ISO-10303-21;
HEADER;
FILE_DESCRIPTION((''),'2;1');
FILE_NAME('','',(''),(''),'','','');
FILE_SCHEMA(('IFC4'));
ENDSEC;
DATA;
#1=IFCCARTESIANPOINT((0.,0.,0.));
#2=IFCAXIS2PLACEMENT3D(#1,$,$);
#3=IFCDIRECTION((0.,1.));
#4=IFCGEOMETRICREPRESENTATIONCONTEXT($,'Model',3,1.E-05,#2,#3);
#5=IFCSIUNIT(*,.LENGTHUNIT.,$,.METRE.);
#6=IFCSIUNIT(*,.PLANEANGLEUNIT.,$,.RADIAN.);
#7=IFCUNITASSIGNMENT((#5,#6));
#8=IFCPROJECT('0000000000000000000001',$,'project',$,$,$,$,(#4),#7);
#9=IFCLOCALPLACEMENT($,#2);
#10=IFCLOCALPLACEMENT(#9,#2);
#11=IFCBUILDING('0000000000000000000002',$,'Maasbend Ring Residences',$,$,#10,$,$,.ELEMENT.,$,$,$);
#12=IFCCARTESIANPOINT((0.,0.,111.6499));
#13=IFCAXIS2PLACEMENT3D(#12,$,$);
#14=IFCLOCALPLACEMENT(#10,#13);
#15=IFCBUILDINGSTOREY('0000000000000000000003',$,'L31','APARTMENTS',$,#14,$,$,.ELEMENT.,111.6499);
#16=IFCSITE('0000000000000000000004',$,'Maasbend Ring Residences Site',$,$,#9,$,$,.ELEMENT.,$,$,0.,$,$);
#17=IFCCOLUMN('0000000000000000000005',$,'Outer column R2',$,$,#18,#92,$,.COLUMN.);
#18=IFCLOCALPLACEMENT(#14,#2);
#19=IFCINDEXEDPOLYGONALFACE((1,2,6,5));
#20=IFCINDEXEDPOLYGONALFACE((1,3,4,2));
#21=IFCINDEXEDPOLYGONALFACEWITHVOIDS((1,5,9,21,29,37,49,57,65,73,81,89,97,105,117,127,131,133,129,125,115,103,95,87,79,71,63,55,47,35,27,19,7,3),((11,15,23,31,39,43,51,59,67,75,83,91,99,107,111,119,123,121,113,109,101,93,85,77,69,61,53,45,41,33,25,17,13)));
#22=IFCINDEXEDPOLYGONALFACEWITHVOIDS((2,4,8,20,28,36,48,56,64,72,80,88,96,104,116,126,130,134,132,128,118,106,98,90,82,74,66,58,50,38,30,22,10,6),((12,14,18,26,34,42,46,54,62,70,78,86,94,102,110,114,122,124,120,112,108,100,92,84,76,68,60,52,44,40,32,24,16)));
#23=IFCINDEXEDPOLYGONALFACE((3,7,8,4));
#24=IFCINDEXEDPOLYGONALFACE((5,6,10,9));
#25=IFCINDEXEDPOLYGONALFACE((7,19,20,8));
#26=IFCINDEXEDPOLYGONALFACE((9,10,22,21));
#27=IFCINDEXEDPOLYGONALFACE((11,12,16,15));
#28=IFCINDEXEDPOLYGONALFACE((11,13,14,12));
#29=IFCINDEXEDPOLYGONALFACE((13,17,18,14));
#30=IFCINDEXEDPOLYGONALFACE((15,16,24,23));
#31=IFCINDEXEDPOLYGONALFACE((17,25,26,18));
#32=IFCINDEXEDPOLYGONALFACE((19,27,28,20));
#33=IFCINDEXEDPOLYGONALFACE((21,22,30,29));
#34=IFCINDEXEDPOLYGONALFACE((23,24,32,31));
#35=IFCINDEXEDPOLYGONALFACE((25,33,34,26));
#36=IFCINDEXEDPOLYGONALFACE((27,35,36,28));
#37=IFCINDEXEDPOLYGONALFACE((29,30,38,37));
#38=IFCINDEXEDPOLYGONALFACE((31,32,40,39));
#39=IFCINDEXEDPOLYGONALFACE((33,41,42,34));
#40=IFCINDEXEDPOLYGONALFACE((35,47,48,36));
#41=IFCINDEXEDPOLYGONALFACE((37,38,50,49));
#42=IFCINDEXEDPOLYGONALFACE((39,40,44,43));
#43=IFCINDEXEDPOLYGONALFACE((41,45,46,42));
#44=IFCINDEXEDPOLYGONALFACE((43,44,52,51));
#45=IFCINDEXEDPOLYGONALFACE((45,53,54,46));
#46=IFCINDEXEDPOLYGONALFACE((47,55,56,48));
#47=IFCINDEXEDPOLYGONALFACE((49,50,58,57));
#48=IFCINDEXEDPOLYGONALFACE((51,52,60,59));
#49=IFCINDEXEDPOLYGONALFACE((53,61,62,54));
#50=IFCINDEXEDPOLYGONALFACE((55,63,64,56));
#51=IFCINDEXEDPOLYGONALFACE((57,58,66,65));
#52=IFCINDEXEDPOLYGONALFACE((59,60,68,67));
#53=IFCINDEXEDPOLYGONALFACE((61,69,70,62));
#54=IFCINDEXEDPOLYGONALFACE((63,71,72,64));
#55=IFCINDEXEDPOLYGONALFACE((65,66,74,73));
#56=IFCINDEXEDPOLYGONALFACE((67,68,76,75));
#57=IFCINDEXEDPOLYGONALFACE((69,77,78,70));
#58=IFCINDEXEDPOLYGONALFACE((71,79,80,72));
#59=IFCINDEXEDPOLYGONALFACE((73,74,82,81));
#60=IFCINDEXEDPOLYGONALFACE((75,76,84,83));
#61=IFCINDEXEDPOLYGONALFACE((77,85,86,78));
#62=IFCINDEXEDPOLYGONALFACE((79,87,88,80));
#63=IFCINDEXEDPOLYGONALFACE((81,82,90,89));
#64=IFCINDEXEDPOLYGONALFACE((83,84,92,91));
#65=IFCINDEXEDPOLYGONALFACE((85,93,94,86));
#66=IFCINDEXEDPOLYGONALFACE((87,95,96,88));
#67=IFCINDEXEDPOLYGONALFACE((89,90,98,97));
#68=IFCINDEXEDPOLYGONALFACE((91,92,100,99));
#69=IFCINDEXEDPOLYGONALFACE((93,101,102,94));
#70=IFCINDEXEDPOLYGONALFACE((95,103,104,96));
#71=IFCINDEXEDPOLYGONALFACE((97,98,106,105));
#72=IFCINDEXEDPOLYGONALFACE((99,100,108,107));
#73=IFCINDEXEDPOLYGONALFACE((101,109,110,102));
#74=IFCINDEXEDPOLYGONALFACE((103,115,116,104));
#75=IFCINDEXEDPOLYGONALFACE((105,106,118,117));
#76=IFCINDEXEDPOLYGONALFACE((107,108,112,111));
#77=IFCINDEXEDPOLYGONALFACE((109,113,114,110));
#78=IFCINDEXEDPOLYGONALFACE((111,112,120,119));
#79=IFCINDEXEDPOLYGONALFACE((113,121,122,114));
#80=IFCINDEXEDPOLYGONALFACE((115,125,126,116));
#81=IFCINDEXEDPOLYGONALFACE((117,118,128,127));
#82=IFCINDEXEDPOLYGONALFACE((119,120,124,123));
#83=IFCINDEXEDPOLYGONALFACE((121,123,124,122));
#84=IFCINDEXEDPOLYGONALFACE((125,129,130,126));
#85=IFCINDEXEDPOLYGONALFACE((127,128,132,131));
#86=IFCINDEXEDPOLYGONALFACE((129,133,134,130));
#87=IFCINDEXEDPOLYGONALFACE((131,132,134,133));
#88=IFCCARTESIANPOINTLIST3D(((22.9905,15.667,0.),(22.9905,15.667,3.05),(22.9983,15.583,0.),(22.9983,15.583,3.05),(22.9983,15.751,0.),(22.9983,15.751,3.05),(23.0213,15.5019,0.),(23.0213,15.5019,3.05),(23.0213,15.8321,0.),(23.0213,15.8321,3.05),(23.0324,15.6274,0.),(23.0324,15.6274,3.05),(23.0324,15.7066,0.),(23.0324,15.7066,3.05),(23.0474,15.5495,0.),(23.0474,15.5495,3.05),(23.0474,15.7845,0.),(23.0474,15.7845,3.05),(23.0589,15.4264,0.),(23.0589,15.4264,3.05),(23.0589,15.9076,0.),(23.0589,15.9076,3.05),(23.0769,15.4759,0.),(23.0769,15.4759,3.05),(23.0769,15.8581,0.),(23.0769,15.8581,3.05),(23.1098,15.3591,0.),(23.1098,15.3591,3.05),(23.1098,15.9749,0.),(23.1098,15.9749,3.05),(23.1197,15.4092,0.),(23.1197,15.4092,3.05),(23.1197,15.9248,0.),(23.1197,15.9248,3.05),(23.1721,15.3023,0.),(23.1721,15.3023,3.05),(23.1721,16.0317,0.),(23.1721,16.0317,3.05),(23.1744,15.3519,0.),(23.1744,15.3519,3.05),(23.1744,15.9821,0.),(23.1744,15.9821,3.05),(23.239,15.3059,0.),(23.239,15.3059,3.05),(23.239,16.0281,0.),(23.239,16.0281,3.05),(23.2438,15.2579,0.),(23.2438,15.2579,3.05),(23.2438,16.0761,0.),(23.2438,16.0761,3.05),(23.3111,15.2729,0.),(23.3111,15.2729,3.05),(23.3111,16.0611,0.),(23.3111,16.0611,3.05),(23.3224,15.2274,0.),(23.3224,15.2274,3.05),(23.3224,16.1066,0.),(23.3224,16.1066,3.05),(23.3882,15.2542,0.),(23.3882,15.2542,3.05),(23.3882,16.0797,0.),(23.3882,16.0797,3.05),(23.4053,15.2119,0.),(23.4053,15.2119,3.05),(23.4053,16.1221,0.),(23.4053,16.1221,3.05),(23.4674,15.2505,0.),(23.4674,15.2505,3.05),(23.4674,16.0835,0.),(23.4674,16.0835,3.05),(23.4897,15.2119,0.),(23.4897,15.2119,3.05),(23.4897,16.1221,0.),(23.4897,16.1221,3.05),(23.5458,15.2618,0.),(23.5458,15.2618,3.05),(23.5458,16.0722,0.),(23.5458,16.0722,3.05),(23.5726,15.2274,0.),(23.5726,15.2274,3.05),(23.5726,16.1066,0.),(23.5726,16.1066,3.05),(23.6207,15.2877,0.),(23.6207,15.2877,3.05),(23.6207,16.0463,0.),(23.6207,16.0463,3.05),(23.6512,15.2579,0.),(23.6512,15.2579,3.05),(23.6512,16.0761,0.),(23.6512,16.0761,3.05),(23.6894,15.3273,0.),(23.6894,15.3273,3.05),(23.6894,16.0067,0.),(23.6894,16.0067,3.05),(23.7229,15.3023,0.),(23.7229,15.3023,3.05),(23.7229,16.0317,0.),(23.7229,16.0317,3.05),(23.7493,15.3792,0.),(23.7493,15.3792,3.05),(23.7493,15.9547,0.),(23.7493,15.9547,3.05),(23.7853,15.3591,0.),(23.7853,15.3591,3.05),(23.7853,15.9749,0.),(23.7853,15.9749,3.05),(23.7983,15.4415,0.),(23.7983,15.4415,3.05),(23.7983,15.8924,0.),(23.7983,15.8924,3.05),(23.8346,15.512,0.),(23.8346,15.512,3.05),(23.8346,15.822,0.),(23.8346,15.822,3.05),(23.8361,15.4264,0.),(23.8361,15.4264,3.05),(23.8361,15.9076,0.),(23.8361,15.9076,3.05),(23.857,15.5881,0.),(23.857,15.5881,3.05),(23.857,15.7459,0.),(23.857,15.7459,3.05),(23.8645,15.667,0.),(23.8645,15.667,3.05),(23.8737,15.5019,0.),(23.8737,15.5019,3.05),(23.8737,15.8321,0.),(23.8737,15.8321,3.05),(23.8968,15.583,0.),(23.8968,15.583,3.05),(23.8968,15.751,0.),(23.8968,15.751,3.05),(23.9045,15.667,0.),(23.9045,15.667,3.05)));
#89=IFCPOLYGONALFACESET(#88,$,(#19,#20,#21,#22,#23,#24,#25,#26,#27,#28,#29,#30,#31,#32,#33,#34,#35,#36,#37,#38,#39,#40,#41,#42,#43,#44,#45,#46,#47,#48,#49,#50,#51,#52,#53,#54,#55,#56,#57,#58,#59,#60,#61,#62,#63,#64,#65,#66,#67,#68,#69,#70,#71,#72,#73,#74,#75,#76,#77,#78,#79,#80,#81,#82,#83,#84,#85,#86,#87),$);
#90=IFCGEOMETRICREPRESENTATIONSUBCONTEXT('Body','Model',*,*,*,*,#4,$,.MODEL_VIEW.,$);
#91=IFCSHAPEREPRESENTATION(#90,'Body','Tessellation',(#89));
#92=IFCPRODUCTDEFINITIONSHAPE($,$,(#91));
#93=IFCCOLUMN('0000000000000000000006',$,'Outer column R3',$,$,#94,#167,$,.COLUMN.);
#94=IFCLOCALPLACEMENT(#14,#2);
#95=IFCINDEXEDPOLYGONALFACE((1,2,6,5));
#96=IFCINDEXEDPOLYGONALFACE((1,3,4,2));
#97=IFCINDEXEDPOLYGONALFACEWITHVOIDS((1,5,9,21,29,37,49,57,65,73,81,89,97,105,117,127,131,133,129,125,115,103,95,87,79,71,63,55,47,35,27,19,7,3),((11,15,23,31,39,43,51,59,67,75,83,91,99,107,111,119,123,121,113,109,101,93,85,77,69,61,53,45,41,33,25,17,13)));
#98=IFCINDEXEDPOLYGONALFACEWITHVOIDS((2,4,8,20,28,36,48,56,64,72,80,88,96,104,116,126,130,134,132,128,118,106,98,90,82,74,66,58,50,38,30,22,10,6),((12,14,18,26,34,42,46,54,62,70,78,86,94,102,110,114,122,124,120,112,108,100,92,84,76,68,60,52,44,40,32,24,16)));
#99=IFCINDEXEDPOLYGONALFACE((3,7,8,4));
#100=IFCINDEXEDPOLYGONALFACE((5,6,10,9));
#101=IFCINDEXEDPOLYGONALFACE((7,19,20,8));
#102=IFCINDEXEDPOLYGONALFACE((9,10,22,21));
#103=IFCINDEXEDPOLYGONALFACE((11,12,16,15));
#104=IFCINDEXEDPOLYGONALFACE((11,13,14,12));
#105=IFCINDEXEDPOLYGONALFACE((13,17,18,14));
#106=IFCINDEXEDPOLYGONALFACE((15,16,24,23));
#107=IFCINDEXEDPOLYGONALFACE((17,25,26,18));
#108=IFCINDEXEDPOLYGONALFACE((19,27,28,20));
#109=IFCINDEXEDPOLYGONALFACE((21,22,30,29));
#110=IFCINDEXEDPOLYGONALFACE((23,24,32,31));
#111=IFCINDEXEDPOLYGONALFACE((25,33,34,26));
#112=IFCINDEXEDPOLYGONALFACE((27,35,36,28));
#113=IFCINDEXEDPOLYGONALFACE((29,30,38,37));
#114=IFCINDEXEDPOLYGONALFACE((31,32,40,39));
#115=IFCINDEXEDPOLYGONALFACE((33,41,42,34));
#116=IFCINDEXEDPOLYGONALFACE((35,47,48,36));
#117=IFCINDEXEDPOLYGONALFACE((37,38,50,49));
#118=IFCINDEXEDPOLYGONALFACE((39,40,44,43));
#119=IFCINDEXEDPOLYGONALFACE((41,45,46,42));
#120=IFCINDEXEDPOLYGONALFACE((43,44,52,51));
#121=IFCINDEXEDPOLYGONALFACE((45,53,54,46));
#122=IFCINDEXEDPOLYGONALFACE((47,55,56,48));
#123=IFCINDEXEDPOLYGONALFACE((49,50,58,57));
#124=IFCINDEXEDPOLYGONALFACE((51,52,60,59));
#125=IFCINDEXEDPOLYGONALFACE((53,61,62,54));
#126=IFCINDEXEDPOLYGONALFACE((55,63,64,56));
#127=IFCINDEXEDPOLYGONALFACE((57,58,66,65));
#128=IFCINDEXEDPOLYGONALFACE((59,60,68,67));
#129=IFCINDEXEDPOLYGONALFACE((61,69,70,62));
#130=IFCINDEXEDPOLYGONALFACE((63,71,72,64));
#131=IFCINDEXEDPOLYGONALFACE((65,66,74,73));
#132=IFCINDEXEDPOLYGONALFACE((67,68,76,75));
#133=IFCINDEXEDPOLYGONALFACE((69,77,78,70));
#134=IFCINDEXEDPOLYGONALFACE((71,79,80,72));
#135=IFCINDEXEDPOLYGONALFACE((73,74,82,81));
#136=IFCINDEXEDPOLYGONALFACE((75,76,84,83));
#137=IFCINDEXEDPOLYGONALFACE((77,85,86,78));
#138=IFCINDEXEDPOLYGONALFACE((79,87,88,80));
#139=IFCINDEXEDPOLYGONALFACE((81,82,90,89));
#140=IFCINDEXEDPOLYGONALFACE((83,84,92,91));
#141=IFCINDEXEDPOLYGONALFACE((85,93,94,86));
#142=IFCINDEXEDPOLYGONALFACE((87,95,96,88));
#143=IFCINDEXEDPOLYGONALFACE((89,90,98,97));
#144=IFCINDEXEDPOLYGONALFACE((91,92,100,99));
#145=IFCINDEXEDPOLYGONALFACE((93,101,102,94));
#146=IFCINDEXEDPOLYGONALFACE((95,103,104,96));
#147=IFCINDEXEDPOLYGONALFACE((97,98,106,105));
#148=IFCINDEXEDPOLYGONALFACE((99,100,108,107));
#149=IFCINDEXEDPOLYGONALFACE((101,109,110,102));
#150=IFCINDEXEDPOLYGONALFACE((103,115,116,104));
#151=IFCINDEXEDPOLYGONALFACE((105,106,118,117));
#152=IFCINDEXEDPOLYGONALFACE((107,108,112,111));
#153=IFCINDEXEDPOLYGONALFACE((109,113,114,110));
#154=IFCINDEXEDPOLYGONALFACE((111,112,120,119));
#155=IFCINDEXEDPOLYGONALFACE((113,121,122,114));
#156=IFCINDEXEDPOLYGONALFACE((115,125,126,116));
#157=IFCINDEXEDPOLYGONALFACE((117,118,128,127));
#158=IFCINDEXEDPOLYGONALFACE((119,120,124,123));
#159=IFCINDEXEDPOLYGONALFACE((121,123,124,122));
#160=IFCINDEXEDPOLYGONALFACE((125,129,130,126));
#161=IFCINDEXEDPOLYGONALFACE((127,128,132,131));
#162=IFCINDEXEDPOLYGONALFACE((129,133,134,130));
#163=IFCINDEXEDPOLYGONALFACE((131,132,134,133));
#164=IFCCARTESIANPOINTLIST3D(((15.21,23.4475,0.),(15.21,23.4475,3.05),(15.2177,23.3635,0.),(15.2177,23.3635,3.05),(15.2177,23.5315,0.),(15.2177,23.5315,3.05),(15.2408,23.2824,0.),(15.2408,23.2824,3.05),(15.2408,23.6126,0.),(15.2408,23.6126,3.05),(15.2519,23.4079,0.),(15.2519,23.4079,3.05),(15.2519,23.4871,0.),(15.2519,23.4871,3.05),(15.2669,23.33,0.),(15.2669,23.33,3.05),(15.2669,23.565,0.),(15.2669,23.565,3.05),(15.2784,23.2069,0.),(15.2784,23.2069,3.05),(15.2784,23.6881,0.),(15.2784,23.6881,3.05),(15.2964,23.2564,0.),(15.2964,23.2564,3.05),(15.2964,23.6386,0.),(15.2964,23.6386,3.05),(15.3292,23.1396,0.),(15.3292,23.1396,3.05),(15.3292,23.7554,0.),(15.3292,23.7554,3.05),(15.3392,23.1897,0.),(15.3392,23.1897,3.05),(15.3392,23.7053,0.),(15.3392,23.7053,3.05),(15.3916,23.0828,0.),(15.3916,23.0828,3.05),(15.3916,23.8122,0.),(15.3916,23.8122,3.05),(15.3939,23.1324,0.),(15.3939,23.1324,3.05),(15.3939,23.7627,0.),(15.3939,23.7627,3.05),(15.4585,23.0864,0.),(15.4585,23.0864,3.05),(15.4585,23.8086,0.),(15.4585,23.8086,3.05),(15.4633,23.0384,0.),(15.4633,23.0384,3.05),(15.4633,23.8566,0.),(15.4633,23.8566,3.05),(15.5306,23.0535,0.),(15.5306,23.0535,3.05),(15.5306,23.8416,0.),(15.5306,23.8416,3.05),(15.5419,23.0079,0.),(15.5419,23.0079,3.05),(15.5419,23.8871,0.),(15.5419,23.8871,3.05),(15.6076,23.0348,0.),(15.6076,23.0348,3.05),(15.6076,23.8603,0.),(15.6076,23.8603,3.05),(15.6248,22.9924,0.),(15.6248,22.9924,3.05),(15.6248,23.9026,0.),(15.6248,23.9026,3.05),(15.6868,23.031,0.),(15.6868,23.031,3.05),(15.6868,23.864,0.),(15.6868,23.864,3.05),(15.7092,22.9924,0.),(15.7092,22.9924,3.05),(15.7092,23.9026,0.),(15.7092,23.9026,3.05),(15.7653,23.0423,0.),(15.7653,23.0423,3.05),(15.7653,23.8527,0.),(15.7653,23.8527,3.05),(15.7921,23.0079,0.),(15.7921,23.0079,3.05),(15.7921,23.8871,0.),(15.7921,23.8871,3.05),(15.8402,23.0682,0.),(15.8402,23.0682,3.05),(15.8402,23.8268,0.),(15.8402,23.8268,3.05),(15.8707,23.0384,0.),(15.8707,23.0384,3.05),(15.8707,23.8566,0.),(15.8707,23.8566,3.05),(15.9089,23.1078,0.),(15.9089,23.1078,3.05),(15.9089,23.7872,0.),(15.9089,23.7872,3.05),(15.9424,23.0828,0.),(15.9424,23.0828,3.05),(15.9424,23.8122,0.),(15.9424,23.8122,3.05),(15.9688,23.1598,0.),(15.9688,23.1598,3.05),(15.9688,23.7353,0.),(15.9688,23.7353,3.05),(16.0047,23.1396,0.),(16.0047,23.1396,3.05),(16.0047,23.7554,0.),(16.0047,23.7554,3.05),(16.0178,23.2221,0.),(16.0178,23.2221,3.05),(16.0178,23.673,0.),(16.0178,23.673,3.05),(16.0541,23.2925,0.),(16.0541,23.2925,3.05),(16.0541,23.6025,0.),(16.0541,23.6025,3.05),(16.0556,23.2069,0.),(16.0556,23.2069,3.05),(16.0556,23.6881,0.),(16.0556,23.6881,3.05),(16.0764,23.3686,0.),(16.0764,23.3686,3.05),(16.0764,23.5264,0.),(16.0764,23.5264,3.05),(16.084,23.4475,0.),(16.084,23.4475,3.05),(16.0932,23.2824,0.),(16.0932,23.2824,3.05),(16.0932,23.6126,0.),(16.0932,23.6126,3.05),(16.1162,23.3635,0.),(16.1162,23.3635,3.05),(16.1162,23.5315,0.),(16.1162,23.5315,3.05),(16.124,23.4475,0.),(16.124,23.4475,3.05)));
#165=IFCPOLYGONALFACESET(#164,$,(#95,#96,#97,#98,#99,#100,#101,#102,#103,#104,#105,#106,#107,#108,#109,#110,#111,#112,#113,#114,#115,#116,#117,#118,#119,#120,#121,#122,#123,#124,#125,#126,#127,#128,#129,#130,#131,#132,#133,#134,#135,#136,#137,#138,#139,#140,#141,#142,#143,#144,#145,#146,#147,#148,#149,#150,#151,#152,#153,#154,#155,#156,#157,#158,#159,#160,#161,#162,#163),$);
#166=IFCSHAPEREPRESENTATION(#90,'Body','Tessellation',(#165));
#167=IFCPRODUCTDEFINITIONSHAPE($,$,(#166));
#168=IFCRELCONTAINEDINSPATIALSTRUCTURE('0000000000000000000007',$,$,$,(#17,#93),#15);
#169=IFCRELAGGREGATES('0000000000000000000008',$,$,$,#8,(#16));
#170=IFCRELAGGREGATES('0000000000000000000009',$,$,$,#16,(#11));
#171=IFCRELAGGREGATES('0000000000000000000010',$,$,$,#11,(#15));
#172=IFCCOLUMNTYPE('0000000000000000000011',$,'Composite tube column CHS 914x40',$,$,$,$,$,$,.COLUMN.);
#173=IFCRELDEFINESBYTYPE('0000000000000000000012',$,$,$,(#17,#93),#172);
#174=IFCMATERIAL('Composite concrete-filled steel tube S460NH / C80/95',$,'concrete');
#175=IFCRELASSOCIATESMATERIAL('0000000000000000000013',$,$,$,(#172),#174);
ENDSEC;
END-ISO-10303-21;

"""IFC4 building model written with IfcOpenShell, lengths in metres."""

from ifc_helpers import new_model, si_unit, direction, frame, origin, origin_2d, place, context, subcontext, project, spatial, hollow_circle, extrude, material, material_profile, profile_set, type_object, element, save


model = new_model("IFC4")

# Units and contexts
model_context = context("Model", 3, precision=1e-05, world=origin(), true_north=direction((0.0, 1.0)))
body_context = subcontext(model_context, "Body", "Model", "MODEL_VIEW")
ifc_project = project(units=[si_unit("LENGTHUNIT", "METRE"), si_unit("PLANEANGLEUNIT", "RADIAN")], contexts=[model_context])

# Site, building, storey
site_placement = place(None, origin())
site = spatial("IfcSite", under=ifc_project, at=site_placement, Name="Maasbend Ring Residences Site", CompositionType="ELEMENT", RefElevation=0.0)
building_placement = place(site_placement, origin())
building = spatial("IfcBuilding", under=site, at=building_placement, Name="Maasbend Ring Residences", CompositionType="ELEMENT")
storey_placement = place(building_placement, frame((0.0, 0.0, 111.6499)))
storey = spatial("IfcBuildingStorey", under=building, at=storey_placement, Name="L31", Description="APARTMENTS", CompositionType="ELEMENT", Elevation=111.6499)

# Columns
ifc_material_1 = material(Name="Composite concrete-filled steel tube S460NH / C80/95", Category="concrete")
ifc_material_profile_1 = material_profile(ifc_material_1, hollow_circle(Radius=0.457, WallThickness=0.04, at=origin_2d()), Name="Composite tube column CHS 914x40")
ifc_profile_set_1 = profile_set([ifc_material_profile_1], Name="Composite concrete-filled steel tube S460NH / C80/95")
column_type = type_object("IfcColumnType", Name="Composite tube column CHS 914x40", PredefinedType="COLUMN", material=ifc_profile_set_1)
for number, where, z_axis, x_axis, name in (
    (1, (23.4475, 15.667, 0.0), (0.0, 0.0, 1.0), (1.0, 0.0, 0.0), "Outer column R2"),
    (2, (15.667, 23.4475, 0.0), (0.0, 0.0, 1.0), (1.0, 0.0, 0.0), "Outer column R3"),
):
    element("IfcColumn", number, at=place(storey_placement, frame(where, z_axis=z_axis, x_axis=x_axis)), inside=storey, type_object=column_type, Name=name, PredefinedType="COLUMN", context=body_context, shape_type="SweptSolid", body=[
        extrude(hollow_circle(Radius=0.457, WallThickness=0.04, at=origin_2d()), origin(), (0.0, 0.0, 1.0), 3.05),
    ])

save(model, "model.ifc")
